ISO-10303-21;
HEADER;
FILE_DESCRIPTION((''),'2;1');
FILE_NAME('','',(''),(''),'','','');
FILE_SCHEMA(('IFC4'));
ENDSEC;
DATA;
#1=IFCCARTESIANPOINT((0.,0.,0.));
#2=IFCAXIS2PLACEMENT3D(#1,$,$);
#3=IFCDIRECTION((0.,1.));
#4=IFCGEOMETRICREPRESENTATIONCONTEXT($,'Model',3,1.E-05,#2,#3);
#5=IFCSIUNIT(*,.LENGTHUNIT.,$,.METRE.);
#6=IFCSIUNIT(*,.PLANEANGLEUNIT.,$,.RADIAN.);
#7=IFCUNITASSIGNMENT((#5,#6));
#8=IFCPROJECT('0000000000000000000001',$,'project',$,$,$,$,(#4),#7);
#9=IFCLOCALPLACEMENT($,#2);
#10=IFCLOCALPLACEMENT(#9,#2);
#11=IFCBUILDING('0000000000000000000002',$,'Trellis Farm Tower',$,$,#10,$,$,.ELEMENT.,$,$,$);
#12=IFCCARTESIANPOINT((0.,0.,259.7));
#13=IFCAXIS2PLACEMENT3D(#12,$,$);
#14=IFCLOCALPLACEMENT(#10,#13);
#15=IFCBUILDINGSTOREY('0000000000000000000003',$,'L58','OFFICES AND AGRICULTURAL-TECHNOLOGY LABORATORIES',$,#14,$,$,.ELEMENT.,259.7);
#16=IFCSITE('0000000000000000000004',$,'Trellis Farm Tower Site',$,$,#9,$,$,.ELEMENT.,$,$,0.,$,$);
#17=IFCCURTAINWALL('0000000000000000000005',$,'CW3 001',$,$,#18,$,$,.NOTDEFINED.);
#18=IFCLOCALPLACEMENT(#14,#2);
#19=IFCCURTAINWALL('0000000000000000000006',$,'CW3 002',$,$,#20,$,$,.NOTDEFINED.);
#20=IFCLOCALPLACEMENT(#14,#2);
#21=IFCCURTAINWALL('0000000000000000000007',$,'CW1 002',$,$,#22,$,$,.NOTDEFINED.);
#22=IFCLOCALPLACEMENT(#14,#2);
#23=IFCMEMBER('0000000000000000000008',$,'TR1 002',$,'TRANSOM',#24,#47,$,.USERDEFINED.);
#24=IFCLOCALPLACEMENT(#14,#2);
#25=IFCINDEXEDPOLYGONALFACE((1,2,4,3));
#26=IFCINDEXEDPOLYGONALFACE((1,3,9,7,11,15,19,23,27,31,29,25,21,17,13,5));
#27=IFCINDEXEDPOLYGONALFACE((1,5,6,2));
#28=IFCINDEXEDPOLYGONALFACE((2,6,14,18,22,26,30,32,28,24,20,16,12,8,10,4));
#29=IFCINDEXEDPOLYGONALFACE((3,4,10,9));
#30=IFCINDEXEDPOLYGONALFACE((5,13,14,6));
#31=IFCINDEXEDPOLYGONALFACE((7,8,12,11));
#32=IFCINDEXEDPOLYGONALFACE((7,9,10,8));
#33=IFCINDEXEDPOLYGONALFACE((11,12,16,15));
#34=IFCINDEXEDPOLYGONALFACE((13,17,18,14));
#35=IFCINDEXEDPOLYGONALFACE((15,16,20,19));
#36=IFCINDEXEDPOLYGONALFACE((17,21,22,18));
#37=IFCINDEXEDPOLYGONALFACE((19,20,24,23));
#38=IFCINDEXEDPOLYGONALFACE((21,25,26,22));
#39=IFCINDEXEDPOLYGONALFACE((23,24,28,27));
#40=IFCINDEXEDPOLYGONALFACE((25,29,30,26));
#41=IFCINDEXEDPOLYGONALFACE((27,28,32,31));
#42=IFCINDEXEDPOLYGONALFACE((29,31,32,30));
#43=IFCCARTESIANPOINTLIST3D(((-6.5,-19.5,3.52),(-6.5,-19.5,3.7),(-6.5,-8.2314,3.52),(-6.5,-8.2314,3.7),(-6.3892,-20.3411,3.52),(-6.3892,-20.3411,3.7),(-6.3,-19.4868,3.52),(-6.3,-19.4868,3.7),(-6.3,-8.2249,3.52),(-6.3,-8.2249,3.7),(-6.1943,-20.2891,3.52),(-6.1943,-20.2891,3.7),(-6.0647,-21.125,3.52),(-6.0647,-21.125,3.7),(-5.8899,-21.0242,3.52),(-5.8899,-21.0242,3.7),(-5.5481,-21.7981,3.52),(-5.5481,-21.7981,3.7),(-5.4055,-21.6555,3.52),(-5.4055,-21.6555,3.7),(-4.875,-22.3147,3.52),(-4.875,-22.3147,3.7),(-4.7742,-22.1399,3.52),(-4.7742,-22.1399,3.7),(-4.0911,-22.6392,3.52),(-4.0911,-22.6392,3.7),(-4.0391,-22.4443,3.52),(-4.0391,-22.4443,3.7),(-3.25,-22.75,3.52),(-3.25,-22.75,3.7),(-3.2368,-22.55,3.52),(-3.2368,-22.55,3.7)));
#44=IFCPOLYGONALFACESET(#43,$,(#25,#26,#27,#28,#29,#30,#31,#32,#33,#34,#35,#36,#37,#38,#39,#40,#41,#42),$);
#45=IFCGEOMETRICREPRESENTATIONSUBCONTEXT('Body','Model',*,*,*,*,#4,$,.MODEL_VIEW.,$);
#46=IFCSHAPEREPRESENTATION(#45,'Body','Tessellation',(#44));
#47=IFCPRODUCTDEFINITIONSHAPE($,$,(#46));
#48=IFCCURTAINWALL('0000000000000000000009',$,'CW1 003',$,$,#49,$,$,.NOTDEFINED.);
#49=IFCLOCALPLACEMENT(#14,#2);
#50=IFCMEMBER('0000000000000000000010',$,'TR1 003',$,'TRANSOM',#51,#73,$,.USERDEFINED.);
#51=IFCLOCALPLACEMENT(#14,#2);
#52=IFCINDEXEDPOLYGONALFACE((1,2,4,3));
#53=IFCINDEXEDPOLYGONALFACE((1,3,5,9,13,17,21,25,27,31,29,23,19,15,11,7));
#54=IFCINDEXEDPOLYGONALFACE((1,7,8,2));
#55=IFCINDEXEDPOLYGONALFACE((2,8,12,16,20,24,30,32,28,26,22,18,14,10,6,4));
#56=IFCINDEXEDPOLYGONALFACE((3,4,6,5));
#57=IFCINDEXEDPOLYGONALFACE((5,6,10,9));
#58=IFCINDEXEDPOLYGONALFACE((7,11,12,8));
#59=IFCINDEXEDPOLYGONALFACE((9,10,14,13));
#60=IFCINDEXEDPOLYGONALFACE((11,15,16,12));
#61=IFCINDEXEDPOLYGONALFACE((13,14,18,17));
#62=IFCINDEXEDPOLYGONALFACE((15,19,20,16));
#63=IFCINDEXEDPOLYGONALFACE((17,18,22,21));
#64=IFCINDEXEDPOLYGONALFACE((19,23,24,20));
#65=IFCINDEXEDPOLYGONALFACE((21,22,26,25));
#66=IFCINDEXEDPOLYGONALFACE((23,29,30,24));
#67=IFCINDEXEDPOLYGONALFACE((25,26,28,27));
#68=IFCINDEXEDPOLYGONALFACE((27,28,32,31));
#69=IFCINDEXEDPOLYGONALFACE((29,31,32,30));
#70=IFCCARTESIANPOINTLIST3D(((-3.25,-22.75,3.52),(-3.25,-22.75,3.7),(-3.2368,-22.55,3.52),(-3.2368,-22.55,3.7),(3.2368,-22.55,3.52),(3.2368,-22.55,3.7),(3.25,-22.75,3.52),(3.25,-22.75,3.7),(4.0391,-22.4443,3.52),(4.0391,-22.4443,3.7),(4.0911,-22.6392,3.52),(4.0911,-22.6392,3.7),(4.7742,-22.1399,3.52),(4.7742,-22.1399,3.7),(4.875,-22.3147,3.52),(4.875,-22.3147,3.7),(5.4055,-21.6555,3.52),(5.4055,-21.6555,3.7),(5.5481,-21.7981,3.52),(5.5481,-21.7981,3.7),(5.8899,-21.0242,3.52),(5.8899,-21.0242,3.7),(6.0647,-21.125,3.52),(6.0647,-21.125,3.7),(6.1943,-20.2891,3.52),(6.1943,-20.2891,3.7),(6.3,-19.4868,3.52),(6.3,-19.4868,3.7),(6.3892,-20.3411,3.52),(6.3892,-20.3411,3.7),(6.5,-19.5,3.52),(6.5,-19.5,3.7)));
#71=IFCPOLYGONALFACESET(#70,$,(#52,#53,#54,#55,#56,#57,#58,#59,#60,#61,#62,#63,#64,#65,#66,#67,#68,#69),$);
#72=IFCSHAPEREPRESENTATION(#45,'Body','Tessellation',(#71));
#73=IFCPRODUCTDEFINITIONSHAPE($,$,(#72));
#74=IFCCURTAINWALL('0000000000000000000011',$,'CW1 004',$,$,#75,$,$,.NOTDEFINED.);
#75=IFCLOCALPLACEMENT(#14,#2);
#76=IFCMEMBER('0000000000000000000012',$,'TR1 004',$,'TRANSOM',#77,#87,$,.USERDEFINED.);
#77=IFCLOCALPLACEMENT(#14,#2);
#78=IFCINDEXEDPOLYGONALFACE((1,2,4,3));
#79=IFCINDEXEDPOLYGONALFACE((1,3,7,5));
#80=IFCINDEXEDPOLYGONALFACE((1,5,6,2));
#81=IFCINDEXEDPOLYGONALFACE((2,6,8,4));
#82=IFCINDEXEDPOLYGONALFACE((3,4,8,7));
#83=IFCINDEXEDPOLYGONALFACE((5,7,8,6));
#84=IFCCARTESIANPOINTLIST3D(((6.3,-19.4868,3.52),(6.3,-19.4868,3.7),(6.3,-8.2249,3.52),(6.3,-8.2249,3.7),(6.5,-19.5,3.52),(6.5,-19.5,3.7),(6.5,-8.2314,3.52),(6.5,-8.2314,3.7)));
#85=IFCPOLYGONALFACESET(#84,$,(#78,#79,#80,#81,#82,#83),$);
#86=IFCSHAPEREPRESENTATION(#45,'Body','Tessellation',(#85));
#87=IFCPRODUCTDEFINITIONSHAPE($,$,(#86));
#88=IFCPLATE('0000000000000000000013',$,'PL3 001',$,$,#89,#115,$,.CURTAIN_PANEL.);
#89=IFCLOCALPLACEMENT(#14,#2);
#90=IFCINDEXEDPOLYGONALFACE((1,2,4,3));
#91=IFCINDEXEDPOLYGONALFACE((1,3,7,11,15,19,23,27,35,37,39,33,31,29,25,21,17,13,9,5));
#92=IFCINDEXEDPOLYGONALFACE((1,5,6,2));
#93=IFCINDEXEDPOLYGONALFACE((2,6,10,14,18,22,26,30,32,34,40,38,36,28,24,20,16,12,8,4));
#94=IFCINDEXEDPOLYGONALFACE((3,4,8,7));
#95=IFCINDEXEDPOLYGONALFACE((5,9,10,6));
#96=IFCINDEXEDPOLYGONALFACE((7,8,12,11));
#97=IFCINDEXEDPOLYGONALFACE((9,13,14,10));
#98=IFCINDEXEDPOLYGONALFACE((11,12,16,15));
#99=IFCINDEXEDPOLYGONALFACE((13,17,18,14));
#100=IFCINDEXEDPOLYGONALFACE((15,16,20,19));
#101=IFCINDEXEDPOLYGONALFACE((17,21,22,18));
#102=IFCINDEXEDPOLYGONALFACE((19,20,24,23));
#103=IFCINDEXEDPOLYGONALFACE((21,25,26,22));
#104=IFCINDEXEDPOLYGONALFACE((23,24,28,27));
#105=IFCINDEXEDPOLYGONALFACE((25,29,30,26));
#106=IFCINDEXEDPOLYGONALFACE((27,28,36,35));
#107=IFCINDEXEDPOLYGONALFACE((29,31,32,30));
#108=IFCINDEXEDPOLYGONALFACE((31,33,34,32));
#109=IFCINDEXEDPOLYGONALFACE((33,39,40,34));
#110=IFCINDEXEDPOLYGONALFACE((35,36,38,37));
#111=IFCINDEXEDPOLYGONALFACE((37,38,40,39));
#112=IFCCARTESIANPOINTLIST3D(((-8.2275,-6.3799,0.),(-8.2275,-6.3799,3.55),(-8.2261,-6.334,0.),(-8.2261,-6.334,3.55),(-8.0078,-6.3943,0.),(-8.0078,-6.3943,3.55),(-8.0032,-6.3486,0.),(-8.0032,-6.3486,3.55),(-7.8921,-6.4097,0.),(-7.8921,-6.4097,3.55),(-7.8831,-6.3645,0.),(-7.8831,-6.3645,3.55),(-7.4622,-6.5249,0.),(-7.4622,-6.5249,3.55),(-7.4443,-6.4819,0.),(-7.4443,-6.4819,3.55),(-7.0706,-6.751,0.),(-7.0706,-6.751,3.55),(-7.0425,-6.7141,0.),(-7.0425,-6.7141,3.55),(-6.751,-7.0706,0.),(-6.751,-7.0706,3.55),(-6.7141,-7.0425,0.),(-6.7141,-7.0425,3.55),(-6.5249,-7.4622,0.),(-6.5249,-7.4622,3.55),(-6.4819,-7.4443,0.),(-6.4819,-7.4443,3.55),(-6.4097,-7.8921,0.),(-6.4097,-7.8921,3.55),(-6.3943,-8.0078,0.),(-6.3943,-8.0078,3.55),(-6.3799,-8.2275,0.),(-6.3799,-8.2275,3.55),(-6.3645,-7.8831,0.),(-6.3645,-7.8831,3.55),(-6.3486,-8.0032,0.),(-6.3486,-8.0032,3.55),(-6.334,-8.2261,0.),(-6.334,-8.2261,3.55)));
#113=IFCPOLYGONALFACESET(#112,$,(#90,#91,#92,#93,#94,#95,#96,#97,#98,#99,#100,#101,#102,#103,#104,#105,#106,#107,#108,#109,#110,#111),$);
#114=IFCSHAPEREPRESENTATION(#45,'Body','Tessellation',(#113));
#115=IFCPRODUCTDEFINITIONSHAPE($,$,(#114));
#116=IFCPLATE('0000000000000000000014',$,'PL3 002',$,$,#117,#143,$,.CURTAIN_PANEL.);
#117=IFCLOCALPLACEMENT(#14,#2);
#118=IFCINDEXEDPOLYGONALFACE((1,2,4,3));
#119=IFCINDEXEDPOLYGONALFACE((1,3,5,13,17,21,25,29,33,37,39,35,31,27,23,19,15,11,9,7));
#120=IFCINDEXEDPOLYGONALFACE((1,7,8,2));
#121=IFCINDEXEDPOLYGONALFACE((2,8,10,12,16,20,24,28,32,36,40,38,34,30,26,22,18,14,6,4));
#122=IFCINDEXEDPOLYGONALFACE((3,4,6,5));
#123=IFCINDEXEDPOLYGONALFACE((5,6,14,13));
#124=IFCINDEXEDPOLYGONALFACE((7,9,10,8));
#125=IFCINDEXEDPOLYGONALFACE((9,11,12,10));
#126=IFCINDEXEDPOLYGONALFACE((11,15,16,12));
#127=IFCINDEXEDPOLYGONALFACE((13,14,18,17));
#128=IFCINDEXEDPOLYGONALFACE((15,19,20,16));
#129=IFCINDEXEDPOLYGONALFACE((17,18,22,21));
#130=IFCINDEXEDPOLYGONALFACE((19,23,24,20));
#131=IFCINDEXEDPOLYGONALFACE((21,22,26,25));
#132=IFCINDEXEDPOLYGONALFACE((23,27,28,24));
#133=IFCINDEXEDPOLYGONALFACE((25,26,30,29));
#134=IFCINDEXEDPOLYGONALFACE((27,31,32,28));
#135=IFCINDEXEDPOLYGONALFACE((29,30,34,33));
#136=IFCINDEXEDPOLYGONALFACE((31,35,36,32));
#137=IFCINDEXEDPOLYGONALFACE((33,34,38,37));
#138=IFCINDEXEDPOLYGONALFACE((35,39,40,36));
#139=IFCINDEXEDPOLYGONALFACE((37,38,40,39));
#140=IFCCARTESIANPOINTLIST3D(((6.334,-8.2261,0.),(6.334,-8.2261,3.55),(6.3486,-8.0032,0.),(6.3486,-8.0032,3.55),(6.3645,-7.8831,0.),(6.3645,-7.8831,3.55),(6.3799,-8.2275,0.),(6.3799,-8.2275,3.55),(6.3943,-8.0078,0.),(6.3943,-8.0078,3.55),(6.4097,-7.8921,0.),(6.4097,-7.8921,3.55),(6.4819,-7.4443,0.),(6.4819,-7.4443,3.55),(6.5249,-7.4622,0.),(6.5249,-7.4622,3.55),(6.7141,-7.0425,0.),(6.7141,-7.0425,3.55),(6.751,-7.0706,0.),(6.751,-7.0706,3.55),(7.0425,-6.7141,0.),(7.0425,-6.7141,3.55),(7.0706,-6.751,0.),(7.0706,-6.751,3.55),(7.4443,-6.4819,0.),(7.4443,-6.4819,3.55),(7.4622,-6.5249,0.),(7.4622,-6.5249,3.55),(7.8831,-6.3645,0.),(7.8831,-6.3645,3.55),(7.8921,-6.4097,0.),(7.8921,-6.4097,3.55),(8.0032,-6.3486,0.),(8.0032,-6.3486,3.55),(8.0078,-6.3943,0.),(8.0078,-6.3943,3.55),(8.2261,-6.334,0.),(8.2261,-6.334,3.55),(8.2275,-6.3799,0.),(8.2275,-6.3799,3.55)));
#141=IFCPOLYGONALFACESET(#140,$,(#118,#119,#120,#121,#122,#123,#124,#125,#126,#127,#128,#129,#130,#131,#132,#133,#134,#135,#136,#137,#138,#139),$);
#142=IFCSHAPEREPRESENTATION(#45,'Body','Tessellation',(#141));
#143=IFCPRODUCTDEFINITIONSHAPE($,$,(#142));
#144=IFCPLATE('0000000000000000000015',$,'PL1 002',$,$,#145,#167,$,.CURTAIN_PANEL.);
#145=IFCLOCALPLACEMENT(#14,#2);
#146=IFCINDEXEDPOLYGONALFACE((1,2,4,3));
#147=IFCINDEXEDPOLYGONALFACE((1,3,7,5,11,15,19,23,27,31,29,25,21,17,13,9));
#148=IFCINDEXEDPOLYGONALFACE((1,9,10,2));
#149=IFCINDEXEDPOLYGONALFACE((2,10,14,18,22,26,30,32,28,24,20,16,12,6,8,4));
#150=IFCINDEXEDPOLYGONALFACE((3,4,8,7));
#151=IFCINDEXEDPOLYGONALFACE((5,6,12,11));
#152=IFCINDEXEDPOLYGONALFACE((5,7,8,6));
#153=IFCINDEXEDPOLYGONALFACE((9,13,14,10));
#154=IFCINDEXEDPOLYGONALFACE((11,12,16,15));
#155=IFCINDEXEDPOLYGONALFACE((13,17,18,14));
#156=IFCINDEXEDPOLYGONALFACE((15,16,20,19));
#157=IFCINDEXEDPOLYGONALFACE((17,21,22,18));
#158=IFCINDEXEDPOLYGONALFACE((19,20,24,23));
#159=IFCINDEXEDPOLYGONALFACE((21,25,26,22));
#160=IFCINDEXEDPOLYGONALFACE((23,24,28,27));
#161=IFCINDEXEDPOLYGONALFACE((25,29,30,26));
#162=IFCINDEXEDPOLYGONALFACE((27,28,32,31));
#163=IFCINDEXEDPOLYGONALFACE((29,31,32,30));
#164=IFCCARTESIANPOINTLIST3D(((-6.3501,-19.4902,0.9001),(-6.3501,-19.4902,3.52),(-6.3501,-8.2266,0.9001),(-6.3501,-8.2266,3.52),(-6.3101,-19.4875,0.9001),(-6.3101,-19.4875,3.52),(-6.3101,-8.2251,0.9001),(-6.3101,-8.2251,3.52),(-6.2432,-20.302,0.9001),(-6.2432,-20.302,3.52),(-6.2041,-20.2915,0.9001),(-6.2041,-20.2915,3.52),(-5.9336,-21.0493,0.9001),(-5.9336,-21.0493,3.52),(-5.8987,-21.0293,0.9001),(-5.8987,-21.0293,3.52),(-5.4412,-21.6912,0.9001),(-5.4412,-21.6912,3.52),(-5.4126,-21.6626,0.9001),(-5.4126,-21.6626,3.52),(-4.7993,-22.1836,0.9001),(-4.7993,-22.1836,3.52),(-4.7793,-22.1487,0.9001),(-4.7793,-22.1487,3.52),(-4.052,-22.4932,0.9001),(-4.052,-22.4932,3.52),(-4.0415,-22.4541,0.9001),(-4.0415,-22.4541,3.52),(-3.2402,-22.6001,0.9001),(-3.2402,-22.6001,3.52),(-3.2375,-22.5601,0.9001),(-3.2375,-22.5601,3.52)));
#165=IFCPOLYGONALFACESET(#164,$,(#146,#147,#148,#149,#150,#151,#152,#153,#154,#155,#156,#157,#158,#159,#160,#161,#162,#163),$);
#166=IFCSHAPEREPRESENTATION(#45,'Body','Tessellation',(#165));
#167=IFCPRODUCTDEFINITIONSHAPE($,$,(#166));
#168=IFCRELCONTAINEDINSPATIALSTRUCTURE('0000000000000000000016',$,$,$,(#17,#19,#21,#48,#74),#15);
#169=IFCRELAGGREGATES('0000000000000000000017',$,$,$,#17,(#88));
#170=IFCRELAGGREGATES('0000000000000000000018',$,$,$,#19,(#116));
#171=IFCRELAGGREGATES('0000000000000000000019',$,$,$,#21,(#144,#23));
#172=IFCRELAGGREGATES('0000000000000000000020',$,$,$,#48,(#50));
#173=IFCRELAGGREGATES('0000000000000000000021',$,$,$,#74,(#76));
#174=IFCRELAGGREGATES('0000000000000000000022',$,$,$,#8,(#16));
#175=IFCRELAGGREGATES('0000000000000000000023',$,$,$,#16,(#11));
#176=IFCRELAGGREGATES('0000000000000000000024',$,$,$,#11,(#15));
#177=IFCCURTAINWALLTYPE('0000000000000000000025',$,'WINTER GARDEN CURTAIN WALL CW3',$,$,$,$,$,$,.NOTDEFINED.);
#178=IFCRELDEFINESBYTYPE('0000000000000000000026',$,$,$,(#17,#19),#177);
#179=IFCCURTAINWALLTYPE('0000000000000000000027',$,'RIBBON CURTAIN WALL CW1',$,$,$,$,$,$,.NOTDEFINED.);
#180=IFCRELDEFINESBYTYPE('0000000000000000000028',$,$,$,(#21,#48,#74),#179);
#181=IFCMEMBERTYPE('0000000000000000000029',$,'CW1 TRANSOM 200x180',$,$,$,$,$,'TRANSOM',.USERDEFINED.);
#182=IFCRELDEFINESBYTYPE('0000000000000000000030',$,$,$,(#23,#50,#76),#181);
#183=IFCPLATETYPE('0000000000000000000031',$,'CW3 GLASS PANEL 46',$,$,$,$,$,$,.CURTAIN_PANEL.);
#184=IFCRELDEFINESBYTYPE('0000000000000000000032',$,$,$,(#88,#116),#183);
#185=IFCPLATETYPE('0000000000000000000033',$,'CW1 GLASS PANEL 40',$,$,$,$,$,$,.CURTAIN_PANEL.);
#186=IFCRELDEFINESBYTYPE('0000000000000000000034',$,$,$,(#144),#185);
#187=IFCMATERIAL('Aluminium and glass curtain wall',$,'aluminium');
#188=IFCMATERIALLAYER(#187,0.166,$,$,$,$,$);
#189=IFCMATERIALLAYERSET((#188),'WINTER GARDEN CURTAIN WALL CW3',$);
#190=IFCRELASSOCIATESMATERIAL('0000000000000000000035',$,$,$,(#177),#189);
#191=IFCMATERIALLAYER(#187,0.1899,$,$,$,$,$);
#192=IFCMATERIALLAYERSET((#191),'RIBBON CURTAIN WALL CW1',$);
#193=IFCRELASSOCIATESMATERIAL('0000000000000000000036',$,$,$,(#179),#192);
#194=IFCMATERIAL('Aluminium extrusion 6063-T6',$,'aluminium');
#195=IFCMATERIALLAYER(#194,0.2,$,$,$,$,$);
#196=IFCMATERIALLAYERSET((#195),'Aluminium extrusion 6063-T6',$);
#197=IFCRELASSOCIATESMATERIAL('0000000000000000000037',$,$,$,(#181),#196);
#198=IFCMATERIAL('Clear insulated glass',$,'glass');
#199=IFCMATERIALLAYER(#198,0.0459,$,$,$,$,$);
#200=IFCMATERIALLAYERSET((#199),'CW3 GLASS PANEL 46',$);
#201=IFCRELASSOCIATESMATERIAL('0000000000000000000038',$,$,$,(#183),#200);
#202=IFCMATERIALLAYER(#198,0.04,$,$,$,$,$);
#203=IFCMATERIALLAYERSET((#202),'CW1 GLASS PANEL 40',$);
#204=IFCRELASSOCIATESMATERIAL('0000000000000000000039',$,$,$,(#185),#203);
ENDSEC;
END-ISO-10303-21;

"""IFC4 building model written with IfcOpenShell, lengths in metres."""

from ifc_helpers import new_model, si_unit, direction, frame, origin, place, context, subcontext, project, spatial, polyline, outline, extrude, source, transform, mapped, material, layer, layer_set, type_object, element, aggregate, save


model = new_model("IFC4")

# Units and contexts
model_context = context("Model", 3, precision=1e-05, world=origin(), true_north=direction((0.0, 1.0)))
body_context = subcontext(model_context, "Body", "Model", "MODEL_VIEW")
ifc_project = project(units=[si_unit("LENGTHUNIT", "METRE"), si_unit("PLANEANGLEUNIT", "RADIAN")], contexts=[model_context])

# Site, building, storey
site_placement = place(None, origin())
site = spatial("IfcSite", under=ifc_project, at=site_placement, Name="Trellis Farm Tower Site", CompositionType="ELEMENT", RefElevation=0.0)
building_placement = place(site_placement, origin())
building = spatial("IfcBuilding", under=site, at=building_placement, Name="Trellis Farm Tower", CompositionType="ELEMENT")
storey_placement = place(building_placement, frame((0.0, 0.0, 259.7)))
storey = spatial("IfcBuildingStorey", under=building, at=storey_placement, Name="L58", Description="OFFICES AND AGRICULTURAL-TECHNOLOGY LABORATORIES", CompositionType="ELEMENT", Elevation=259.7)

# Curtain walls, members
ifc_material_1 = material(Name="Aluminium and glass curtain wall", Category="aluminium")
ifc_layer_1 = layer(ifc_material_1, 0.166)
ifc_layer_set_1 = layer_set([ifc_layer_1], Name="WINTER GARDEN CURTAIN WALL CW3")
curtain_wall_type_1 = type_object("IfcCurtainWallType", Name="WINTER GARDEN CURTAIN WALL CW3", PredefinedType="NOTDEFINED", material=ifc_layer_set_1)
placement_1 = place(storey_placement, origin())
curtain_wall_1 = element("IfcCurtainWall", 1, at=placement_1, inside=storey, type_object=curtain_wall_type_1, Name="CW3 001", PredefinedType="NOTDEFINED")
ifc_material_2 = material(Name="Aluminium extrusion 6063-T6", Category="aluminium")
curtain_wall_2 = element("IfcCurtainWall", 2, at=placement_1, inside=storey, type_object=curtain_wall_type_1, Name="CW3 002", PredefinedType="NOTDEFINED")
ifc_layer_2 = layer(ifc_material_1, 0.1899)
ifc_layer_set_2 = layer_set([ifc_layer_2], Name="RIBBON CURTAIN WALL CW1")
curtain_wall_type_2 = type_object("IfcCurtainWallType", Name="RIBBON CURTAIN WALL CW1", PredefinedType="NOTDEFINED", material=ifc_layer_set_2)
ifc_layer_3 = layer(ifc_material_2, 0.2)
ifc_layer_set_3 = layer_set([ifc_layer_3], Name="Aluminium extrusion 6063-T6")
member_type_1 = type_object("IfcMemberType", Name="CW1 TRANSOM 200x180", ElementType="TRANSOM", PredefinedType="USERDEFINED", material=ifc_layer_set_3)
placement_2 = place(storey_placement, frame((0.0, 0.0, 3.52)))
curtain_wall_3 = element("IfcCurtainWall", 3, at=placement_1, inside=storey, type_object=curtain_wall_type_2, Name="CW1 002", PredefinedType="NOTDEFINED")
shared_shape_1 = source(origin(), body_context, "Body", "SweptSolid", [
    extrude(outline(polyline([(-6.5, -8.2314), (-6.5, -19.5), (-6.3892, -20.3411), (-6.0647, -21.125), (-5.5481, -21.7981), (-4.875, -22.3147), (-4.0911, -22.6392), (-3.25, -22.75), (-3.2368, -22.55), (-4.0391, -22.4443), (-4.7742, -22.1399), (-5.4055, -21.6555), (-5.8899, -21.0242), (-6.1943, -20.2891), (-6.3, -19.4868), (-6.3, -8.2249), (-6.5, -8.2314)])), origin(), (0.0, 0.0, 1.0), 0.1799),
])
member_1 = element("IfcMember", 4, at=placement_2, type_object=member_type_1, Name="TR1 002", ObjectType="TRANSOM", PredefinedType="USERDEFINED", context=body_context, shape_type="MappedRepresentation", body=[
    mapped(shared_shape_1, transform((0.0, 0.0, 0.0))),
])
curtain_wall_4 = element("IfcCurtainWall", 5, at=placement_1, inside=storey, type_object=curtain_wall_type_2, Name="CW1 003", PredefinedType="NOTDEFINED")
shared_shape_2 = source(origin(), body_context, "Body", "SweptSolid", [
    extrude(outline(polyline([(-3.25, -22.75), (3.25, -22.75), (4.0911, -22.6392), (4.875, -22.3147), (5.5481, -21.7981), (6.0647, -21.125), (6.3892, -20.3411), (6.5, -19.5), (6.3, -19.4868), (6.1943, -20.2891), (5.8899, -21.0242), (5.4055, -21.6555), (4.7742, -22.1399), (4.0391, -22.4443), (3.2368, -22.55), (-3.2368, -22.55), (-3.25, -22.75)])), origin(), (0.0, 0.0, 1.0), 0.1799),
])
member_2 = element("IfcMember", 6, at=placement_2, type_object=member_type_1, Name="TR1 003", ObjectType="TRANSOM", PredefinedType="USERDEFINED", context=body_context, shape_type="MappedRepresentation", body=[
    mapped(shared_shape_2, transform((0.0, 0.0, 0.0))),
])
curtain_wall_5 = element("IfcCurtainWall", 7, at=placement_1, inside=storey, type_object=curtain_wall_type_2, Name="CW1 004", PredefinedType="NOTDEFINED")
shared_shape_3 = source(origin(), body_context, "Body", "SweptSolid", [
    extrude(outline(polyline([(6.5, -19.5), (6.5, -8.2314), (6.3, -8.2249), (6.3, -19.4868), (6.5, -19.5)])), origin(), (0.0, 0.0, 1.0), 0.1799),
])
member_3 = element("IfcMember", 8, at=placement_2, type_object=member_type_1, Name="TR1 004", ObjectType="TRANSOM", PredefinedType="USERDEFINED", context=body_context, shape_type="MappedRepresentation", body=[
    mapped(shared_shape_3, transform((0.0, 0.0, 0.0))),
])

# Plates
ifc_material_3 = material(Name="Clear insulated glass", Category="glass")
ifc_layer_4 = layer(ifc_material_3, 0.0459)
ifc_layer_set_4 = layer_set([ifc_layer_4], Name="CW3 GLASS PANEL 46")
plate_type_1 = type_object("IfcPlateType", Name="CW3 GLASS PANEL 46", PredefinedType="CURTAIN_PANEL", material=ifc_layer_set_4)
shared_shape_4 = source(origin(), body_context, "Body", "SweptSolid", [
    extrude(outline(polyline([(-8.2275, -6.3799), (-8.0078, -6.3943), (-7.8921, -6.4097), (-7.4622, -6.5249), (-7.0706, -6.751), (-6.751, -7.0706), (-6.5249, -7.4622), (-6.4097, -7.8921), (-6.3943, -8.0078), (-6.3799, -8.2275), (-6.334, -8.2261), (-6.3486, -8.0032), (-6.3645, -7.8831), (-6.4819, -7.4443), (-6.7141, -7.0425), (-7.0425, -6.7141), (-7.4443, -6.4819), (-7.8831, -6.3645), (-8.0032, -6.3486), (-8.2261, -6.334), (-8.2275, -6.3799)])), origin(), (0.0, 0.0, 1.0), 3.55),
])
plate_1 = element("IfcPlate", 9, at=placement_1, type_object=plate_type_1, Name="PL3 001", PredefinedType="CURTAIN_PANEL", context=body_context, shape_type="MappedRepresentation", body=[
    mapped(shared_shape_4, transform((0.0, 0.0, 0.0))),
])
aggregate(curtain_wall_1, [plate_1])
shared_shape_5 = source(origin(), body_context, "Body", "SweptSolid", [
    extrude(outline(polyline([(6.3799, -8.2275), (6.3943, -8.0078), (6.4097, -7.8921), (6.5249, -7.4622), (6.751, -7.0706), (7.0706, -6.751), (7.4622, -6.5249), (7.8921, -6.4097), (8.0078, -6.3943), (8.2275, -6.3799), (8.2261, -6.334), (8.0032, -6.3486), (7.8831, -6.3645), (7.4443, -6.4819), (7.0425, -6.7141), (6.7141, -7.0425), (6.4819, -7.4443), (6.3645, -7.8831), (6.3486, -8.0032), (6.334, -8.2261), (6.3799, -8.2275)])), origin(), (0.0, 0.0, 1.0), 3.55),
])
plate_2 = element("IfcPlate", 10, at=placement_1, type_object=plate_type_1, Name="PL3 002", PredefinedType="CURTAIN_PANEL", context=body_context, shape_type="MappedRepresentation", body=[
    mapped(shared_shape_5, transform((0.0, 0.0, 0.0))),
])
aggregate(curtain_wall_2, [plate_2])
ifc_layer_5 = layer(ifc_material_3, 0.04)
ifc_layer_set_5 = layer_set([ifc_layer_5], Name="CW1 GLASS PANEL 40")
plate_type_2 = type_object("IfcPlateType", Name="CW1 GLASS PANEL 40", PredefinedType="CURTAIN_PANEL", material=ifc_layer_set_5)
shared_shape_6 = source(origin(), body_context, "Body", "SweptSolid", [
    extrude(outline(polyline([(-6.3501, -8.2266), (-6.3501, -19.4902), (-6.2432, -20.302), (-5.9336, -21.0493), (-5.4412, -21.6912), (-4.7993, -22.1836), (-4.052, -22.4932), (-3.2402, -22.6001), (-3.2375, -22.5601), (-4.0415, -22.4541), (-4.7793, -22.1487), (-5.4126, -21.6626), (-5.8987, -21.0293), (-6.2041, -20.2915), (-6.3101, -19.4875), (-6.3101, -8.2251), (-6.3501, -8.2266)])), origin(), (0.0, 0.0, 1.0), 2.6199),
])
placement_3 = place(storey_placement, frame((0.0, 0.0, 0.9001)))
plate_3 = element("IfcPlate", 11, at=placement_3, type_object=plate_type_2, Name="PL1 002", PredefinedType="CURTAIN_PANEL", context=body_context, shape_type="MappedRepresentation", body=[
    mapped(shared_shape_6, transform((0.0, 0.0, 0.0))),
])
aggregate(curtain_wall_3, [plate_3, member_1])
aggregate(curtain_wall_4, [member_2])
aggregate(curtain_wall_5, [member_3])

save(model, "model.ifc")
